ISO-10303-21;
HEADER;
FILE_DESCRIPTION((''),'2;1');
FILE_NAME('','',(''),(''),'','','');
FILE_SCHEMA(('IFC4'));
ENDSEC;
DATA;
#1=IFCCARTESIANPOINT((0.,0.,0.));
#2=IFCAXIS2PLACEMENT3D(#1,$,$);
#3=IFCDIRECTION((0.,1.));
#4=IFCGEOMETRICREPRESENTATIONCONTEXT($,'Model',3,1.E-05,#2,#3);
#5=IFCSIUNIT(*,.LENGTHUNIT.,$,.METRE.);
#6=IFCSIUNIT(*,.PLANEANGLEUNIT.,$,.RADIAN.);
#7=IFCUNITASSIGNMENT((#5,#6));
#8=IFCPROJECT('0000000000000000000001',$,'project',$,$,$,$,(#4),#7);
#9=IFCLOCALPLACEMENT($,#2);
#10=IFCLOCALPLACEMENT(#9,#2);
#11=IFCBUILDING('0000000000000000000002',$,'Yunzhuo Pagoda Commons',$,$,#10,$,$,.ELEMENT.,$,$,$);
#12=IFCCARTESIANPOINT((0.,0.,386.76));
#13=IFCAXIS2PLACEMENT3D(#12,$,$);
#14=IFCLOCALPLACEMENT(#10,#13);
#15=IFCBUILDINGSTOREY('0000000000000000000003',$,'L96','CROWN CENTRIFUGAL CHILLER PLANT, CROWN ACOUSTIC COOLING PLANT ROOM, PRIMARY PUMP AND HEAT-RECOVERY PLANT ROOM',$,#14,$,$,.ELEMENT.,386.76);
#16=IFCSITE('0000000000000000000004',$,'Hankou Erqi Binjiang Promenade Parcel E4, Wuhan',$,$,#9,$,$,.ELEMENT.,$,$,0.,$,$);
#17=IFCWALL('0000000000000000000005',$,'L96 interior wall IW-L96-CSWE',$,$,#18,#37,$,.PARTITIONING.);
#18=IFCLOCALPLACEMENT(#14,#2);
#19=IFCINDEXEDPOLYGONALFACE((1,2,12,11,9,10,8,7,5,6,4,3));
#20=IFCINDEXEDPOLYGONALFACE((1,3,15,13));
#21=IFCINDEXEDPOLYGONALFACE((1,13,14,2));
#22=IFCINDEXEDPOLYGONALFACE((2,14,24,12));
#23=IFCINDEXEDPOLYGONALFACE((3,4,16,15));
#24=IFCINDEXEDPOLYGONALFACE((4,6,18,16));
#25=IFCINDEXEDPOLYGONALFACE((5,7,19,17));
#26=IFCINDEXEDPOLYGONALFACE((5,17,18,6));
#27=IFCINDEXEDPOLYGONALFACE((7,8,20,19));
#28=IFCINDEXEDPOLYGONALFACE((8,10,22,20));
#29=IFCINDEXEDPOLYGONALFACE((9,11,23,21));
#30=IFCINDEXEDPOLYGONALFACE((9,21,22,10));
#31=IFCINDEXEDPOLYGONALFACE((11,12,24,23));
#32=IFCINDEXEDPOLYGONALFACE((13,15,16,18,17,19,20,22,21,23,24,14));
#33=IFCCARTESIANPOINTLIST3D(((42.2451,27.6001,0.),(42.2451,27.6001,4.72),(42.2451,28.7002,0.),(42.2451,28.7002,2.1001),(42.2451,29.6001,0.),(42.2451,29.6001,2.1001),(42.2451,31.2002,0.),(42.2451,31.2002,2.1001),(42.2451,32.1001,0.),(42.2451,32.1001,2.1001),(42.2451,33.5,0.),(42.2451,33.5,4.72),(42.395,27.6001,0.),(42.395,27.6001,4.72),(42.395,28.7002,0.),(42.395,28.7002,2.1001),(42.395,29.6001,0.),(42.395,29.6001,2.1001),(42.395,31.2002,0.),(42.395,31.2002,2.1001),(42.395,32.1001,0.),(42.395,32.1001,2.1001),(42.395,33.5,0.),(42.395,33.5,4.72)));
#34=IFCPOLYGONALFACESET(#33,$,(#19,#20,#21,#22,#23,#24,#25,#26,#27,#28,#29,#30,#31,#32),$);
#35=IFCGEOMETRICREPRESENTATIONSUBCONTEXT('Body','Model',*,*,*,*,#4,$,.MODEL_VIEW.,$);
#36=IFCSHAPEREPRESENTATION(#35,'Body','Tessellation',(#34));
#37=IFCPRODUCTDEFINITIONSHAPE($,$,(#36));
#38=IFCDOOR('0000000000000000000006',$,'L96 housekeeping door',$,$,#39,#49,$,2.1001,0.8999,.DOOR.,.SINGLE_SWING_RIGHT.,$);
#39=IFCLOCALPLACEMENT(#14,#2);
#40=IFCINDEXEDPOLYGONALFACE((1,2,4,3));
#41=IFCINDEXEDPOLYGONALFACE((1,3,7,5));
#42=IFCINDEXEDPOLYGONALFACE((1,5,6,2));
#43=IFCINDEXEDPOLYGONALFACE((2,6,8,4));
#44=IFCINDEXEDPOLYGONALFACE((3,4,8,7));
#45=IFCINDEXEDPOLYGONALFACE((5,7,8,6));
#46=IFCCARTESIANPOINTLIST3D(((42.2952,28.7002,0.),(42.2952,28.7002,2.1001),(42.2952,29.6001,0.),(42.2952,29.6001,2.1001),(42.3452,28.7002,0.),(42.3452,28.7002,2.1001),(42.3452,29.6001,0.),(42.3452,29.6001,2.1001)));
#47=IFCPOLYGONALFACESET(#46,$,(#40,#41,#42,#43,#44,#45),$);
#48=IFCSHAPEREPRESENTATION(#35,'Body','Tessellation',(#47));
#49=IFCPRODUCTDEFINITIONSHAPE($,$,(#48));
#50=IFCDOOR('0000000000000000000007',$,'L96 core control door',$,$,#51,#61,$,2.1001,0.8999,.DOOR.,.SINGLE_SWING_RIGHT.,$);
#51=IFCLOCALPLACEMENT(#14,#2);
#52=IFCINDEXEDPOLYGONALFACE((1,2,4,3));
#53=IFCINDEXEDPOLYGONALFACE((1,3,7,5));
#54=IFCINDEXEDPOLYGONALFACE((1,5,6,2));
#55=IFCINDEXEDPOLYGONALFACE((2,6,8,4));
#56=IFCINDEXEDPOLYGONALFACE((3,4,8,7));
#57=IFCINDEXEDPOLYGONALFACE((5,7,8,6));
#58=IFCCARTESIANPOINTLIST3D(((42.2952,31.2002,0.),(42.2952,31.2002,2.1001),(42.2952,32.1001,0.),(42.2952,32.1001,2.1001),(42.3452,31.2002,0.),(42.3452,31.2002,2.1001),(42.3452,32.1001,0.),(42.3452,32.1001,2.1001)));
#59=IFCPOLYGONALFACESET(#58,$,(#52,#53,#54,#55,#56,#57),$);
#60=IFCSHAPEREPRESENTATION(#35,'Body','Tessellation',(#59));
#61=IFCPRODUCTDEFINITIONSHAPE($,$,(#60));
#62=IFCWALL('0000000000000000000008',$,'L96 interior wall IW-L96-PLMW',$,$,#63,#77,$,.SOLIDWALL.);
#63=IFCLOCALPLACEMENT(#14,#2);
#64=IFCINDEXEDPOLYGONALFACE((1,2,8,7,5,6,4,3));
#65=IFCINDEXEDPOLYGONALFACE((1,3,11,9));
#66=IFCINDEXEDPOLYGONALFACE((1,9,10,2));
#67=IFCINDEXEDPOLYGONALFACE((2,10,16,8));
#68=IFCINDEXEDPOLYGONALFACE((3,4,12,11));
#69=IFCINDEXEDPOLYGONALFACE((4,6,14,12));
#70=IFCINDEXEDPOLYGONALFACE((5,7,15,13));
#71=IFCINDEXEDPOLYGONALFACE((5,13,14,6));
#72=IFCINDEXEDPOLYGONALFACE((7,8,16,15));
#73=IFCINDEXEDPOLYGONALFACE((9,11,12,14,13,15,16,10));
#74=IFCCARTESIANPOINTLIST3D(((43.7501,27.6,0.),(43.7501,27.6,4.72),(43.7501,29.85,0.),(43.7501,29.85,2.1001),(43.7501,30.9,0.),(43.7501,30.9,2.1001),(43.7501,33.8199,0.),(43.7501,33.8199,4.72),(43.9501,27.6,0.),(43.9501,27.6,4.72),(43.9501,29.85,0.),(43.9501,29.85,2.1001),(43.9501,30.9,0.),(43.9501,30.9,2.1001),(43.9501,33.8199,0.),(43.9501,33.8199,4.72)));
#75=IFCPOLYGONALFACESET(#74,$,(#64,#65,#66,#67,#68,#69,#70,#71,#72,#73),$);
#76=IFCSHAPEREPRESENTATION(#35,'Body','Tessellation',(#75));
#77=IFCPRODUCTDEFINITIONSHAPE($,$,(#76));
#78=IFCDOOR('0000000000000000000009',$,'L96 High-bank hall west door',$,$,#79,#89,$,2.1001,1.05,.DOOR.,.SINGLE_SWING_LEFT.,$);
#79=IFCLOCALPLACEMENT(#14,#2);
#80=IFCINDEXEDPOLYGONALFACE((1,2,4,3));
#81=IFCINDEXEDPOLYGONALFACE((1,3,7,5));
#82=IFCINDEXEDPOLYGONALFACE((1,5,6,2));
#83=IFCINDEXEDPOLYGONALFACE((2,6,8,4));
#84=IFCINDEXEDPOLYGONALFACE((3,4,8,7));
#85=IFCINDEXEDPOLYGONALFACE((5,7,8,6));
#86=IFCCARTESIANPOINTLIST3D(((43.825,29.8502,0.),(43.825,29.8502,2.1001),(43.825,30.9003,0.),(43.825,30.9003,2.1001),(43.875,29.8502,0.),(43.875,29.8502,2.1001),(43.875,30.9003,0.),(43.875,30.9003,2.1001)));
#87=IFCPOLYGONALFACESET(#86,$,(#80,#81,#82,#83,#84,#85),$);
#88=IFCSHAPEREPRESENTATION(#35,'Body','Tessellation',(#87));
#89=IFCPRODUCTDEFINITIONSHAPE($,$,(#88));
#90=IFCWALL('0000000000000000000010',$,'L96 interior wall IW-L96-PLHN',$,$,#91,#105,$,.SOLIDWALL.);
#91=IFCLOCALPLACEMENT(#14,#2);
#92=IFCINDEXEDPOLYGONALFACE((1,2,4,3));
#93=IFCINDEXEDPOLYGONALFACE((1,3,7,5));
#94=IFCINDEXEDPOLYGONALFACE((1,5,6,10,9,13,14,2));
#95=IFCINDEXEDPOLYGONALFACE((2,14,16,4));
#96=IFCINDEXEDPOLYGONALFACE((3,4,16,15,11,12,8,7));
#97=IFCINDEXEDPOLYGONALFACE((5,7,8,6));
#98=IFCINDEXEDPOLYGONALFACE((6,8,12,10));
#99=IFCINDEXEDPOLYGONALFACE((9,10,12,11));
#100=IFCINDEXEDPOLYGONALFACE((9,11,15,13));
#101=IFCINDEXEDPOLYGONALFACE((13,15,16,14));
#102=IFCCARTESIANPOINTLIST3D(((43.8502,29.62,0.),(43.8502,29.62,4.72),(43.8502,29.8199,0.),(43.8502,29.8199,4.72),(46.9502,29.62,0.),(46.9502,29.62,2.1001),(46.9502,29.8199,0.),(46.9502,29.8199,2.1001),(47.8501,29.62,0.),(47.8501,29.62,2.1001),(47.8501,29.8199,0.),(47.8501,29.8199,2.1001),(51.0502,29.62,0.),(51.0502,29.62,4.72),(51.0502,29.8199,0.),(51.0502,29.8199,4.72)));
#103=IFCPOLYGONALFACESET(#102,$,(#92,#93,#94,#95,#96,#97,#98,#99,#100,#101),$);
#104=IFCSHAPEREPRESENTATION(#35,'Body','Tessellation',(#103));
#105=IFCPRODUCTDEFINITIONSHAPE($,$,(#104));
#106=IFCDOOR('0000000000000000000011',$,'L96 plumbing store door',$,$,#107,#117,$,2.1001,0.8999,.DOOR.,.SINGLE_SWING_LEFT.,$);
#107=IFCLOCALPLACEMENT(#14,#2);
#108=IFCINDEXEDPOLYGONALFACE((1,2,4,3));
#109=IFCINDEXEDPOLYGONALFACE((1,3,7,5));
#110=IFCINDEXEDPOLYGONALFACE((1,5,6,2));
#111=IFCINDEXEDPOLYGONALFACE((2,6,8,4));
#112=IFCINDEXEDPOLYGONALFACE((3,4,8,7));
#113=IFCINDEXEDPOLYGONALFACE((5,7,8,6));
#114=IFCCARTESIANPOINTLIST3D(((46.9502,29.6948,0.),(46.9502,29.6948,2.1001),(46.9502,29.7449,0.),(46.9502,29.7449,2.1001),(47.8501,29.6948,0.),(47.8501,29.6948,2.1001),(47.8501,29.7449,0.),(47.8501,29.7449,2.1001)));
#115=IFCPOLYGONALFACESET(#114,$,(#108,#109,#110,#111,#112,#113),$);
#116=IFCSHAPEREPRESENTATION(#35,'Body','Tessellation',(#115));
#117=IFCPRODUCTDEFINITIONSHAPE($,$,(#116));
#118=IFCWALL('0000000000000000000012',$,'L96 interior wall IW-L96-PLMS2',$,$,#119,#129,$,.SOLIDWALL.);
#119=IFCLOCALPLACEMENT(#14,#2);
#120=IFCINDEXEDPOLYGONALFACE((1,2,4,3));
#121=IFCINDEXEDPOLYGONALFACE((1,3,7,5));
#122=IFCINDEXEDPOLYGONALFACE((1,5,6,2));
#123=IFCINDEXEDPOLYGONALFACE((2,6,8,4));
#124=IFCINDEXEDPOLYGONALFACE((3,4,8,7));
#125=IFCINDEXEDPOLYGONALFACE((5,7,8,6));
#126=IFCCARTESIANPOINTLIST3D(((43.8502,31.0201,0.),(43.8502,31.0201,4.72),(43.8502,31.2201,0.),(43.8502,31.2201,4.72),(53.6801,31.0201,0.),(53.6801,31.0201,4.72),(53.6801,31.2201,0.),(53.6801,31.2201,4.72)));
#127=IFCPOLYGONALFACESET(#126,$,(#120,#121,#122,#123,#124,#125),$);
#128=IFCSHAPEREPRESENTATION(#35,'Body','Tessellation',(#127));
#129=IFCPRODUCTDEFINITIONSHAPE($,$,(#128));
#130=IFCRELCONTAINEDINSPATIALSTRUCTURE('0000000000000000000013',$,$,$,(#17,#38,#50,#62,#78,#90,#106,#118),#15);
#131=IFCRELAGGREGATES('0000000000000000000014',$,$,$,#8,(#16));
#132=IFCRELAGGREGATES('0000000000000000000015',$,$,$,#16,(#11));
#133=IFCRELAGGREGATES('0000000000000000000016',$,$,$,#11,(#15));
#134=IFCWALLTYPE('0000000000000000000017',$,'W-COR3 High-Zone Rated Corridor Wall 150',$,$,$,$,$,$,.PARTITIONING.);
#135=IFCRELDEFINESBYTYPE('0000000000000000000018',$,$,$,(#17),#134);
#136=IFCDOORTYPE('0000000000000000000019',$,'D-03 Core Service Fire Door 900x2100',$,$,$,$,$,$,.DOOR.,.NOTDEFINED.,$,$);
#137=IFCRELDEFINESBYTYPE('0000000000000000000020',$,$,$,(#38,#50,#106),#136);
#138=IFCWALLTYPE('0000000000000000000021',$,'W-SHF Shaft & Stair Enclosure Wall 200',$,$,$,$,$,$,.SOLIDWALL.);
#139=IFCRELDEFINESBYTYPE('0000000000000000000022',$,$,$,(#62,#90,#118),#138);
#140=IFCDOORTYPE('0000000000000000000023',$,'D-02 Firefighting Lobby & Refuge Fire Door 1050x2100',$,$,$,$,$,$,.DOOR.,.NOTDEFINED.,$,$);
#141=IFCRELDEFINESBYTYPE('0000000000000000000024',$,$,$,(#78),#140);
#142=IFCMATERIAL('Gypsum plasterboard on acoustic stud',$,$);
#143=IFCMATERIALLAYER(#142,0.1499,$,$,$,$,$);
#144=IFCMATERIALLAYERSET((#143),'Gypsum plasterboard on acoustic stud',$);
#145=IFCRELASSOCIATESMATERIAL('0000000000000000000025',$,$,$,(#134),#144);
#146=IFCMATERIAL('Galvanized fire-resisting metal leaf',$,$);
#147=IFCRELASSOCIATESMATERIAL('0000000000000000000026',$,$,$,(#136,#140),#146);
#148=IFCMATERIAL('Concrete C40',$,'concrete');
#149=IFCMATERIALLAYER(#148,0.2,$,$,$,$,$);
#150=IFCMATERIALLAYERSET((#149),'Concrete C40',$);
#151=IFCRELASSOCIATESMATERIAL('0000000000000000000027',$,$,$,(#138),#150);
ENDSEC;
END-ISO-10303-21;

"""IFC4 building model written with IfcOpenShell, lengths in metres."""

from ifc_helpers import new_model, si_unit, direction, frame, frame_2d, origin, origin_with_axes, place, context, subcontext, project, spatial, rectangle, extrude, source, transform, mapped, material, layer, layer_set, type_object, element, fill, save


model = new_model("IFC4")

# Units and contexts
model_context = context("Model", 3, precision=1e-05, world=origin(), true_north=direction((0.0, 1.0)))
body_context = subcontext(model_context, "Body", "Model", "MODEL_VIEW")
ifc_project = project(units=[si_unit("LENGTHUNIT", "METRE"), si_unit("PLANEANGLEUNIT", "RADIAN")], contexts=[model_context])

# Site, building, storey
site_placement = place(None, origin())
site = spatial("IfcSite", under=ifc_project, at=site_placement, Name="Hankou Erqi Binjiang Promenade Parcel E4, Wuhan", CompositionType="ELEMENT", RefElevation=0.0)
building_placement = place(site_placement, origin())
building = spatial("IfcBuilding", under=site, at=building_placement, Name="Yunzhuo Pagoda Commons", CompositionType="ELEMENT")
storey_placement = place(building_placement, frame((0.0, 0.0, 386.76)))
storey = spatial("IfcBuildingStorey", under=building, at=storey_placement, Name="L96", Description="CROWN CENTRIFUGAL CHILLER PLANT, CROWN ACOUSTIC COOLING PLANT ROOM, PRIMARY PUMP AND HEAT-RECOVERY PLANT ROOM", CompositionType="ELEMENT", Elevation=386.76)

# Wall, openings, doors
ifc_material_1 = material(Name="Gypsum plasterboard on acoustic stud")
ifc_layer_1 = layer(ifc_material_1, 0.1499)
ifc_layer_set_1 = layer_set([ifc_layer_1], Name="Gypsum plasterboard on acoustic stud")
wall_type_1 = type_object("IfcWallType", Name="W-COR3 High-Zone Rated Corridor Wall 150", PredefinedType="PARTITIONING", material=ifc_layer_set_1)
wall_1_placement = place(storey_placement, frame((42.3201, 27.6001, 0.0), z_axis=(0.0, 0.0, 1.0), x_axis=(0.0, 1.0, 0.0)))
wall_1 = element("IfcWall", 1, at=wall_1_placement, inside=storey, type_object=wall_type_1, Name="L96 interior wall IW-L96-CSWE", PredefinedType="PARTITIONING", context=body_context, shape_type="SweptSolid", body=[
    extrude(rectangle(XDim=5.8999, YDim=0.1499, at=frame_2d((2.95, 0.0))), origin(), (0.0, 0.0, 1.0), 4.72),
])
opening_1_placement = place(wall_1_placement, frame((1.1001, 0.0, 0.0)))
opening_1 = element("IfcOpeningElement", 2, at=opening_1_placement, cuts=wall_1, PredefinedType="OPENING", context=body_context, shape_type="SweptSolid", body=[
    extrude(rectangle(XDim=0.8999, YDim=2.1001, at=frame_2d((0.45, 1.05))), frame((0.0, 0.085, 0.0), z_axis=(0.0, -1.0, 0.0), x_axis=(1.0, 0.0, 0.0)), (0.0, 0.0, 1.0), 0.1699),
])
opening_2_placement = place(wall_1_placement, frame((3.6001, 0.0, 0.0)))
opening_2 = element("IfcOpeningElement", 3, at=opening_2_placement, cuts=wall_1, PredefinedType="OPENING", context=body_context, shape_type="SweptSolid", body=[
    extrude(rectangle(XDim=0.8999, YDim=2.1001, at=frame_2d((0.45, 1.05))), frame((0.0, 0.085, 0.0), z_axis=(0.0, -1.0, 0.0), x_axis=(1.0, 0.0, 0.0)), (0.0, 0.0, 1.0), 0.1699),
])
ifc_material_2 = material(Name="Galvanized fire-resisting metal leaf")
door_type_1 = type_object("IfcDoorType", Name="D-03 Core Service Fire Door 900x2100", OperationType="NOTDEFINED", PredefinedType="DOOR", material=ifc_material_2)
shared_shape_1 = source(origin(), body_context, "Body", "SweptSolid", [
    extrude(rectangle(XDim=0.8999, YDim=2.1001, at=frame_2d((0.45, 1.05))), frame((0.0, 0.0249, 0.0), z_axis=(0.0, -1.0, 0.0), x_axis=(1.0, 0.0, 0.0)), (0.0, 0.0, 1.0), 0.05),
])
door_1_placement = place(opening_1_placement, origin_with_axes())
door_1 = element("IfcDoor", 4, at=door_1_placement, inside=storey, type_object=door_type_1, Name="L96 housekeeping door", OperationType="SINGLE_SWING_RIGHT", OverallHeight=2.1001, OverallWidth=0.8999, PredefinedType="DOOR", context=body_context, shape_type="MappedRepresentation", body=[
    mapped(shared_shape_1, transform((0.0, 0.0, 0.0), scale=1.0)),
])
fill(opening_1, door_1)
door_2_placement = place(opening_2_placement, origin_with_axes())
door_2 = element("IfcDoor", 5, at=door_2_placement, inside=storey, type_object=door_type_1, Name="L96 core control door", OperationType="SINGLE_SWING_RIGHT", OverallHeight=2.1001, OverallWidth=0.8999, PredefinedType="DOOR", context=body_context, shape_type="MappedRepresentation", body=[
    mapped(shared_shape_1, transform((0.0, 0.0, 0.0), scale=1.0)),
])
fill(opening_2, door_2)

# Walls, openings, doors
ifc_material_3 = material(Name="Concrete C40", Category="concrete")
ifc_layer_2 = layer(ifc_material_3, 0.2)
ifc_layer_set_2 = layer_set([ifc_layer_2], Name="Concrete C40")
wall_type_2 = type_object("IfcWallType", Name="W-SHF Shaft & Stair Enclosure Wall 200", PredefinedType="SOLIDWALL", material=ifc_layer_set_2)
wall_2_placement = place(storey_placement, frame((43.8501, 27.6001, 0.0), z_axis=(0.0, 0.0, 1.0), x_axis=(0.0, 1.0, 0.0)))
wall_2 = element("IfcWall", 6, at=wall_2_placement, inside=storey, type_object=wall_type_2, Name="L96 interior wall IW-L96-PLMW", PredefinedType="SOLIDWALL", context=body_context, shape_type="SweptSolid", body=[
    extrude(rectangle(XDim=6.22, YDim=0.2, at=frame_2d((3.1099, 0.0))), origin(), (0.0, 0.0, 1.0), 4.72),
])
opening_3_placement = place(wall_2_placement, frame((2.25, 0.0, 0.0)))
opening_3 = element("IfcOpeningElement", 7, at=opening_3_placement, cuts=wall_2, PredefinedType="OPENING", context=body_context, shape_type="SweptSolid", body=[
    extrude(rectangle(XDim=1.05, YDim=2.1001, at=frame_2d((0.5249, 1.05))), frame((0.0, 0.1099, 0.0), z_axis=(0.0, -1.0, 0.0), x_axis=(1.0, 0.0, 0.0)), (0.0, 0.0, 1.0), 0.22),
])
door_type_2 = type_object("IfcDoorType", Name="D-02 Firefighting Lobby & Refuge Fire Door 1050x2100", OperationType="NOTDEFINED", PredefinedType="DOOR", material=ifc_material_2)
shared_shape_2 = source(origin(), body_context, "Body", "SweptSolid", [
    extrude(rectangle(XDim=1.05, YDim=2.1001, at=frame_2d((0.5249, 1.05))), frame((0.0, 0.0249, 0.0), z_axis=(0.0, -1.0, 0.0), x_axis=(1.0, 0.0, 0.0)), (0.0, 0.0, 1.0), 0.05),
])
door_3_placement = place(opening_3_placement, frame((1.05, 0.0, 0.0), z_axis=(0.0, 0.0, 1.0), x_axis=(-1.0, 0.0, 0.0)))
door_3 = element("IfcDoor", 8, at=door_3_placement, inside=storey, type_object=door_type_2, Name="L96 High-bank hall west door", OperationType="SINGLE_SWING_LEFT", OverallHeight=2.1001, OverallWidth=1.05, PredefinedType="DOOR", context=body_context, shape_type="MappedRepresentation", body=[
    mapped(shared_shape_2, transform((0.0, 0.0, 0.0), scale=1.0)),
])
fill(opening_3, door_3)
wall_3_placement = place(storey_placement, frame((43.8501, 29.72, 0.0), z_axis=(0.0, 0.0, 1.0), x_axis=(1.0, 0.0, 0.0)))
wall_3 = element("IfcWall", 9, at=wall_3_placement, inside=storey, type_object=wall_type_2, Name="L96 interior wall IW-L96-PLHN", PredefinedType="SOLIDWALL", context=body_context, shape_type="SweptSolid", body=[
    extrude(rectangle(XDim=7.2, YDim=0.2, at=frame_2d((3.6001, 0.0))), origin(), (0.0, 0.0, 1.0), 4.72),
])
opening_4_placement = place(wall_3_placement, frame((3.1001, 0.0, 0.0)))
opening_4 = element("IfcOpeningElement", 10, at=opening_4_placement, cuts=wall_3, PredefinedType="OPENING", context=body_context, shape_type="SweptSolid", body=[
    extrude(rectangle(XDim=0.8999, YDim=2.1001, at=frame_2d((0.45, 1.05))), frame((0.0, 0.1099, 0.0), z_axis=(0.0, -1.0, 0.0), x_axis=(1.0, 0.0, 0.0)), (0.0, 0.0, 1.0), 0.22),
])
door_4_placement = place(opening_4_placement, origin_with_axes())
door_4 = element("IfcDoor", 11, at=door_4_placement, inside=storey, type_object=door_type_1, Name="L96 plumbing store door", OperationType="SINGLE_SWING_LEFT", OverallHeight=2.1001, OverallWidth=0.8999, PredefinedType="DOOR", context=body_context, shape_type="MappedRepresentation", body=[
    mapped(shared_shape_1, transform((0.0, 0.0, 0.0), scale=1.0)),
])
fill(opening_4, door_4)

# Wall
wall_4_placement = place(storey_placement, frame((43.8501, 31.1201, 0.0), z_axis=(0.0, 0.0, 1.0), x_axis=(1.0, 0.0, 0.0)))
element("IfcWall", 12, at=wall_4_placement, inside=storey, type_object=wall_type_2, Name="L96 interior wall IW-L96-PLMS2", PredefinedType="SOLIDWALL", context=body_context, shape_type="SweptSolid", body=[
    extrude(rectangle(XDim=9.8298, YDim=0.2, at=frame_2d((4.915, 0.0))), origin(), (0.0, 0.0, 1.0), 4.72),
])

save(model, "model.ifc")
